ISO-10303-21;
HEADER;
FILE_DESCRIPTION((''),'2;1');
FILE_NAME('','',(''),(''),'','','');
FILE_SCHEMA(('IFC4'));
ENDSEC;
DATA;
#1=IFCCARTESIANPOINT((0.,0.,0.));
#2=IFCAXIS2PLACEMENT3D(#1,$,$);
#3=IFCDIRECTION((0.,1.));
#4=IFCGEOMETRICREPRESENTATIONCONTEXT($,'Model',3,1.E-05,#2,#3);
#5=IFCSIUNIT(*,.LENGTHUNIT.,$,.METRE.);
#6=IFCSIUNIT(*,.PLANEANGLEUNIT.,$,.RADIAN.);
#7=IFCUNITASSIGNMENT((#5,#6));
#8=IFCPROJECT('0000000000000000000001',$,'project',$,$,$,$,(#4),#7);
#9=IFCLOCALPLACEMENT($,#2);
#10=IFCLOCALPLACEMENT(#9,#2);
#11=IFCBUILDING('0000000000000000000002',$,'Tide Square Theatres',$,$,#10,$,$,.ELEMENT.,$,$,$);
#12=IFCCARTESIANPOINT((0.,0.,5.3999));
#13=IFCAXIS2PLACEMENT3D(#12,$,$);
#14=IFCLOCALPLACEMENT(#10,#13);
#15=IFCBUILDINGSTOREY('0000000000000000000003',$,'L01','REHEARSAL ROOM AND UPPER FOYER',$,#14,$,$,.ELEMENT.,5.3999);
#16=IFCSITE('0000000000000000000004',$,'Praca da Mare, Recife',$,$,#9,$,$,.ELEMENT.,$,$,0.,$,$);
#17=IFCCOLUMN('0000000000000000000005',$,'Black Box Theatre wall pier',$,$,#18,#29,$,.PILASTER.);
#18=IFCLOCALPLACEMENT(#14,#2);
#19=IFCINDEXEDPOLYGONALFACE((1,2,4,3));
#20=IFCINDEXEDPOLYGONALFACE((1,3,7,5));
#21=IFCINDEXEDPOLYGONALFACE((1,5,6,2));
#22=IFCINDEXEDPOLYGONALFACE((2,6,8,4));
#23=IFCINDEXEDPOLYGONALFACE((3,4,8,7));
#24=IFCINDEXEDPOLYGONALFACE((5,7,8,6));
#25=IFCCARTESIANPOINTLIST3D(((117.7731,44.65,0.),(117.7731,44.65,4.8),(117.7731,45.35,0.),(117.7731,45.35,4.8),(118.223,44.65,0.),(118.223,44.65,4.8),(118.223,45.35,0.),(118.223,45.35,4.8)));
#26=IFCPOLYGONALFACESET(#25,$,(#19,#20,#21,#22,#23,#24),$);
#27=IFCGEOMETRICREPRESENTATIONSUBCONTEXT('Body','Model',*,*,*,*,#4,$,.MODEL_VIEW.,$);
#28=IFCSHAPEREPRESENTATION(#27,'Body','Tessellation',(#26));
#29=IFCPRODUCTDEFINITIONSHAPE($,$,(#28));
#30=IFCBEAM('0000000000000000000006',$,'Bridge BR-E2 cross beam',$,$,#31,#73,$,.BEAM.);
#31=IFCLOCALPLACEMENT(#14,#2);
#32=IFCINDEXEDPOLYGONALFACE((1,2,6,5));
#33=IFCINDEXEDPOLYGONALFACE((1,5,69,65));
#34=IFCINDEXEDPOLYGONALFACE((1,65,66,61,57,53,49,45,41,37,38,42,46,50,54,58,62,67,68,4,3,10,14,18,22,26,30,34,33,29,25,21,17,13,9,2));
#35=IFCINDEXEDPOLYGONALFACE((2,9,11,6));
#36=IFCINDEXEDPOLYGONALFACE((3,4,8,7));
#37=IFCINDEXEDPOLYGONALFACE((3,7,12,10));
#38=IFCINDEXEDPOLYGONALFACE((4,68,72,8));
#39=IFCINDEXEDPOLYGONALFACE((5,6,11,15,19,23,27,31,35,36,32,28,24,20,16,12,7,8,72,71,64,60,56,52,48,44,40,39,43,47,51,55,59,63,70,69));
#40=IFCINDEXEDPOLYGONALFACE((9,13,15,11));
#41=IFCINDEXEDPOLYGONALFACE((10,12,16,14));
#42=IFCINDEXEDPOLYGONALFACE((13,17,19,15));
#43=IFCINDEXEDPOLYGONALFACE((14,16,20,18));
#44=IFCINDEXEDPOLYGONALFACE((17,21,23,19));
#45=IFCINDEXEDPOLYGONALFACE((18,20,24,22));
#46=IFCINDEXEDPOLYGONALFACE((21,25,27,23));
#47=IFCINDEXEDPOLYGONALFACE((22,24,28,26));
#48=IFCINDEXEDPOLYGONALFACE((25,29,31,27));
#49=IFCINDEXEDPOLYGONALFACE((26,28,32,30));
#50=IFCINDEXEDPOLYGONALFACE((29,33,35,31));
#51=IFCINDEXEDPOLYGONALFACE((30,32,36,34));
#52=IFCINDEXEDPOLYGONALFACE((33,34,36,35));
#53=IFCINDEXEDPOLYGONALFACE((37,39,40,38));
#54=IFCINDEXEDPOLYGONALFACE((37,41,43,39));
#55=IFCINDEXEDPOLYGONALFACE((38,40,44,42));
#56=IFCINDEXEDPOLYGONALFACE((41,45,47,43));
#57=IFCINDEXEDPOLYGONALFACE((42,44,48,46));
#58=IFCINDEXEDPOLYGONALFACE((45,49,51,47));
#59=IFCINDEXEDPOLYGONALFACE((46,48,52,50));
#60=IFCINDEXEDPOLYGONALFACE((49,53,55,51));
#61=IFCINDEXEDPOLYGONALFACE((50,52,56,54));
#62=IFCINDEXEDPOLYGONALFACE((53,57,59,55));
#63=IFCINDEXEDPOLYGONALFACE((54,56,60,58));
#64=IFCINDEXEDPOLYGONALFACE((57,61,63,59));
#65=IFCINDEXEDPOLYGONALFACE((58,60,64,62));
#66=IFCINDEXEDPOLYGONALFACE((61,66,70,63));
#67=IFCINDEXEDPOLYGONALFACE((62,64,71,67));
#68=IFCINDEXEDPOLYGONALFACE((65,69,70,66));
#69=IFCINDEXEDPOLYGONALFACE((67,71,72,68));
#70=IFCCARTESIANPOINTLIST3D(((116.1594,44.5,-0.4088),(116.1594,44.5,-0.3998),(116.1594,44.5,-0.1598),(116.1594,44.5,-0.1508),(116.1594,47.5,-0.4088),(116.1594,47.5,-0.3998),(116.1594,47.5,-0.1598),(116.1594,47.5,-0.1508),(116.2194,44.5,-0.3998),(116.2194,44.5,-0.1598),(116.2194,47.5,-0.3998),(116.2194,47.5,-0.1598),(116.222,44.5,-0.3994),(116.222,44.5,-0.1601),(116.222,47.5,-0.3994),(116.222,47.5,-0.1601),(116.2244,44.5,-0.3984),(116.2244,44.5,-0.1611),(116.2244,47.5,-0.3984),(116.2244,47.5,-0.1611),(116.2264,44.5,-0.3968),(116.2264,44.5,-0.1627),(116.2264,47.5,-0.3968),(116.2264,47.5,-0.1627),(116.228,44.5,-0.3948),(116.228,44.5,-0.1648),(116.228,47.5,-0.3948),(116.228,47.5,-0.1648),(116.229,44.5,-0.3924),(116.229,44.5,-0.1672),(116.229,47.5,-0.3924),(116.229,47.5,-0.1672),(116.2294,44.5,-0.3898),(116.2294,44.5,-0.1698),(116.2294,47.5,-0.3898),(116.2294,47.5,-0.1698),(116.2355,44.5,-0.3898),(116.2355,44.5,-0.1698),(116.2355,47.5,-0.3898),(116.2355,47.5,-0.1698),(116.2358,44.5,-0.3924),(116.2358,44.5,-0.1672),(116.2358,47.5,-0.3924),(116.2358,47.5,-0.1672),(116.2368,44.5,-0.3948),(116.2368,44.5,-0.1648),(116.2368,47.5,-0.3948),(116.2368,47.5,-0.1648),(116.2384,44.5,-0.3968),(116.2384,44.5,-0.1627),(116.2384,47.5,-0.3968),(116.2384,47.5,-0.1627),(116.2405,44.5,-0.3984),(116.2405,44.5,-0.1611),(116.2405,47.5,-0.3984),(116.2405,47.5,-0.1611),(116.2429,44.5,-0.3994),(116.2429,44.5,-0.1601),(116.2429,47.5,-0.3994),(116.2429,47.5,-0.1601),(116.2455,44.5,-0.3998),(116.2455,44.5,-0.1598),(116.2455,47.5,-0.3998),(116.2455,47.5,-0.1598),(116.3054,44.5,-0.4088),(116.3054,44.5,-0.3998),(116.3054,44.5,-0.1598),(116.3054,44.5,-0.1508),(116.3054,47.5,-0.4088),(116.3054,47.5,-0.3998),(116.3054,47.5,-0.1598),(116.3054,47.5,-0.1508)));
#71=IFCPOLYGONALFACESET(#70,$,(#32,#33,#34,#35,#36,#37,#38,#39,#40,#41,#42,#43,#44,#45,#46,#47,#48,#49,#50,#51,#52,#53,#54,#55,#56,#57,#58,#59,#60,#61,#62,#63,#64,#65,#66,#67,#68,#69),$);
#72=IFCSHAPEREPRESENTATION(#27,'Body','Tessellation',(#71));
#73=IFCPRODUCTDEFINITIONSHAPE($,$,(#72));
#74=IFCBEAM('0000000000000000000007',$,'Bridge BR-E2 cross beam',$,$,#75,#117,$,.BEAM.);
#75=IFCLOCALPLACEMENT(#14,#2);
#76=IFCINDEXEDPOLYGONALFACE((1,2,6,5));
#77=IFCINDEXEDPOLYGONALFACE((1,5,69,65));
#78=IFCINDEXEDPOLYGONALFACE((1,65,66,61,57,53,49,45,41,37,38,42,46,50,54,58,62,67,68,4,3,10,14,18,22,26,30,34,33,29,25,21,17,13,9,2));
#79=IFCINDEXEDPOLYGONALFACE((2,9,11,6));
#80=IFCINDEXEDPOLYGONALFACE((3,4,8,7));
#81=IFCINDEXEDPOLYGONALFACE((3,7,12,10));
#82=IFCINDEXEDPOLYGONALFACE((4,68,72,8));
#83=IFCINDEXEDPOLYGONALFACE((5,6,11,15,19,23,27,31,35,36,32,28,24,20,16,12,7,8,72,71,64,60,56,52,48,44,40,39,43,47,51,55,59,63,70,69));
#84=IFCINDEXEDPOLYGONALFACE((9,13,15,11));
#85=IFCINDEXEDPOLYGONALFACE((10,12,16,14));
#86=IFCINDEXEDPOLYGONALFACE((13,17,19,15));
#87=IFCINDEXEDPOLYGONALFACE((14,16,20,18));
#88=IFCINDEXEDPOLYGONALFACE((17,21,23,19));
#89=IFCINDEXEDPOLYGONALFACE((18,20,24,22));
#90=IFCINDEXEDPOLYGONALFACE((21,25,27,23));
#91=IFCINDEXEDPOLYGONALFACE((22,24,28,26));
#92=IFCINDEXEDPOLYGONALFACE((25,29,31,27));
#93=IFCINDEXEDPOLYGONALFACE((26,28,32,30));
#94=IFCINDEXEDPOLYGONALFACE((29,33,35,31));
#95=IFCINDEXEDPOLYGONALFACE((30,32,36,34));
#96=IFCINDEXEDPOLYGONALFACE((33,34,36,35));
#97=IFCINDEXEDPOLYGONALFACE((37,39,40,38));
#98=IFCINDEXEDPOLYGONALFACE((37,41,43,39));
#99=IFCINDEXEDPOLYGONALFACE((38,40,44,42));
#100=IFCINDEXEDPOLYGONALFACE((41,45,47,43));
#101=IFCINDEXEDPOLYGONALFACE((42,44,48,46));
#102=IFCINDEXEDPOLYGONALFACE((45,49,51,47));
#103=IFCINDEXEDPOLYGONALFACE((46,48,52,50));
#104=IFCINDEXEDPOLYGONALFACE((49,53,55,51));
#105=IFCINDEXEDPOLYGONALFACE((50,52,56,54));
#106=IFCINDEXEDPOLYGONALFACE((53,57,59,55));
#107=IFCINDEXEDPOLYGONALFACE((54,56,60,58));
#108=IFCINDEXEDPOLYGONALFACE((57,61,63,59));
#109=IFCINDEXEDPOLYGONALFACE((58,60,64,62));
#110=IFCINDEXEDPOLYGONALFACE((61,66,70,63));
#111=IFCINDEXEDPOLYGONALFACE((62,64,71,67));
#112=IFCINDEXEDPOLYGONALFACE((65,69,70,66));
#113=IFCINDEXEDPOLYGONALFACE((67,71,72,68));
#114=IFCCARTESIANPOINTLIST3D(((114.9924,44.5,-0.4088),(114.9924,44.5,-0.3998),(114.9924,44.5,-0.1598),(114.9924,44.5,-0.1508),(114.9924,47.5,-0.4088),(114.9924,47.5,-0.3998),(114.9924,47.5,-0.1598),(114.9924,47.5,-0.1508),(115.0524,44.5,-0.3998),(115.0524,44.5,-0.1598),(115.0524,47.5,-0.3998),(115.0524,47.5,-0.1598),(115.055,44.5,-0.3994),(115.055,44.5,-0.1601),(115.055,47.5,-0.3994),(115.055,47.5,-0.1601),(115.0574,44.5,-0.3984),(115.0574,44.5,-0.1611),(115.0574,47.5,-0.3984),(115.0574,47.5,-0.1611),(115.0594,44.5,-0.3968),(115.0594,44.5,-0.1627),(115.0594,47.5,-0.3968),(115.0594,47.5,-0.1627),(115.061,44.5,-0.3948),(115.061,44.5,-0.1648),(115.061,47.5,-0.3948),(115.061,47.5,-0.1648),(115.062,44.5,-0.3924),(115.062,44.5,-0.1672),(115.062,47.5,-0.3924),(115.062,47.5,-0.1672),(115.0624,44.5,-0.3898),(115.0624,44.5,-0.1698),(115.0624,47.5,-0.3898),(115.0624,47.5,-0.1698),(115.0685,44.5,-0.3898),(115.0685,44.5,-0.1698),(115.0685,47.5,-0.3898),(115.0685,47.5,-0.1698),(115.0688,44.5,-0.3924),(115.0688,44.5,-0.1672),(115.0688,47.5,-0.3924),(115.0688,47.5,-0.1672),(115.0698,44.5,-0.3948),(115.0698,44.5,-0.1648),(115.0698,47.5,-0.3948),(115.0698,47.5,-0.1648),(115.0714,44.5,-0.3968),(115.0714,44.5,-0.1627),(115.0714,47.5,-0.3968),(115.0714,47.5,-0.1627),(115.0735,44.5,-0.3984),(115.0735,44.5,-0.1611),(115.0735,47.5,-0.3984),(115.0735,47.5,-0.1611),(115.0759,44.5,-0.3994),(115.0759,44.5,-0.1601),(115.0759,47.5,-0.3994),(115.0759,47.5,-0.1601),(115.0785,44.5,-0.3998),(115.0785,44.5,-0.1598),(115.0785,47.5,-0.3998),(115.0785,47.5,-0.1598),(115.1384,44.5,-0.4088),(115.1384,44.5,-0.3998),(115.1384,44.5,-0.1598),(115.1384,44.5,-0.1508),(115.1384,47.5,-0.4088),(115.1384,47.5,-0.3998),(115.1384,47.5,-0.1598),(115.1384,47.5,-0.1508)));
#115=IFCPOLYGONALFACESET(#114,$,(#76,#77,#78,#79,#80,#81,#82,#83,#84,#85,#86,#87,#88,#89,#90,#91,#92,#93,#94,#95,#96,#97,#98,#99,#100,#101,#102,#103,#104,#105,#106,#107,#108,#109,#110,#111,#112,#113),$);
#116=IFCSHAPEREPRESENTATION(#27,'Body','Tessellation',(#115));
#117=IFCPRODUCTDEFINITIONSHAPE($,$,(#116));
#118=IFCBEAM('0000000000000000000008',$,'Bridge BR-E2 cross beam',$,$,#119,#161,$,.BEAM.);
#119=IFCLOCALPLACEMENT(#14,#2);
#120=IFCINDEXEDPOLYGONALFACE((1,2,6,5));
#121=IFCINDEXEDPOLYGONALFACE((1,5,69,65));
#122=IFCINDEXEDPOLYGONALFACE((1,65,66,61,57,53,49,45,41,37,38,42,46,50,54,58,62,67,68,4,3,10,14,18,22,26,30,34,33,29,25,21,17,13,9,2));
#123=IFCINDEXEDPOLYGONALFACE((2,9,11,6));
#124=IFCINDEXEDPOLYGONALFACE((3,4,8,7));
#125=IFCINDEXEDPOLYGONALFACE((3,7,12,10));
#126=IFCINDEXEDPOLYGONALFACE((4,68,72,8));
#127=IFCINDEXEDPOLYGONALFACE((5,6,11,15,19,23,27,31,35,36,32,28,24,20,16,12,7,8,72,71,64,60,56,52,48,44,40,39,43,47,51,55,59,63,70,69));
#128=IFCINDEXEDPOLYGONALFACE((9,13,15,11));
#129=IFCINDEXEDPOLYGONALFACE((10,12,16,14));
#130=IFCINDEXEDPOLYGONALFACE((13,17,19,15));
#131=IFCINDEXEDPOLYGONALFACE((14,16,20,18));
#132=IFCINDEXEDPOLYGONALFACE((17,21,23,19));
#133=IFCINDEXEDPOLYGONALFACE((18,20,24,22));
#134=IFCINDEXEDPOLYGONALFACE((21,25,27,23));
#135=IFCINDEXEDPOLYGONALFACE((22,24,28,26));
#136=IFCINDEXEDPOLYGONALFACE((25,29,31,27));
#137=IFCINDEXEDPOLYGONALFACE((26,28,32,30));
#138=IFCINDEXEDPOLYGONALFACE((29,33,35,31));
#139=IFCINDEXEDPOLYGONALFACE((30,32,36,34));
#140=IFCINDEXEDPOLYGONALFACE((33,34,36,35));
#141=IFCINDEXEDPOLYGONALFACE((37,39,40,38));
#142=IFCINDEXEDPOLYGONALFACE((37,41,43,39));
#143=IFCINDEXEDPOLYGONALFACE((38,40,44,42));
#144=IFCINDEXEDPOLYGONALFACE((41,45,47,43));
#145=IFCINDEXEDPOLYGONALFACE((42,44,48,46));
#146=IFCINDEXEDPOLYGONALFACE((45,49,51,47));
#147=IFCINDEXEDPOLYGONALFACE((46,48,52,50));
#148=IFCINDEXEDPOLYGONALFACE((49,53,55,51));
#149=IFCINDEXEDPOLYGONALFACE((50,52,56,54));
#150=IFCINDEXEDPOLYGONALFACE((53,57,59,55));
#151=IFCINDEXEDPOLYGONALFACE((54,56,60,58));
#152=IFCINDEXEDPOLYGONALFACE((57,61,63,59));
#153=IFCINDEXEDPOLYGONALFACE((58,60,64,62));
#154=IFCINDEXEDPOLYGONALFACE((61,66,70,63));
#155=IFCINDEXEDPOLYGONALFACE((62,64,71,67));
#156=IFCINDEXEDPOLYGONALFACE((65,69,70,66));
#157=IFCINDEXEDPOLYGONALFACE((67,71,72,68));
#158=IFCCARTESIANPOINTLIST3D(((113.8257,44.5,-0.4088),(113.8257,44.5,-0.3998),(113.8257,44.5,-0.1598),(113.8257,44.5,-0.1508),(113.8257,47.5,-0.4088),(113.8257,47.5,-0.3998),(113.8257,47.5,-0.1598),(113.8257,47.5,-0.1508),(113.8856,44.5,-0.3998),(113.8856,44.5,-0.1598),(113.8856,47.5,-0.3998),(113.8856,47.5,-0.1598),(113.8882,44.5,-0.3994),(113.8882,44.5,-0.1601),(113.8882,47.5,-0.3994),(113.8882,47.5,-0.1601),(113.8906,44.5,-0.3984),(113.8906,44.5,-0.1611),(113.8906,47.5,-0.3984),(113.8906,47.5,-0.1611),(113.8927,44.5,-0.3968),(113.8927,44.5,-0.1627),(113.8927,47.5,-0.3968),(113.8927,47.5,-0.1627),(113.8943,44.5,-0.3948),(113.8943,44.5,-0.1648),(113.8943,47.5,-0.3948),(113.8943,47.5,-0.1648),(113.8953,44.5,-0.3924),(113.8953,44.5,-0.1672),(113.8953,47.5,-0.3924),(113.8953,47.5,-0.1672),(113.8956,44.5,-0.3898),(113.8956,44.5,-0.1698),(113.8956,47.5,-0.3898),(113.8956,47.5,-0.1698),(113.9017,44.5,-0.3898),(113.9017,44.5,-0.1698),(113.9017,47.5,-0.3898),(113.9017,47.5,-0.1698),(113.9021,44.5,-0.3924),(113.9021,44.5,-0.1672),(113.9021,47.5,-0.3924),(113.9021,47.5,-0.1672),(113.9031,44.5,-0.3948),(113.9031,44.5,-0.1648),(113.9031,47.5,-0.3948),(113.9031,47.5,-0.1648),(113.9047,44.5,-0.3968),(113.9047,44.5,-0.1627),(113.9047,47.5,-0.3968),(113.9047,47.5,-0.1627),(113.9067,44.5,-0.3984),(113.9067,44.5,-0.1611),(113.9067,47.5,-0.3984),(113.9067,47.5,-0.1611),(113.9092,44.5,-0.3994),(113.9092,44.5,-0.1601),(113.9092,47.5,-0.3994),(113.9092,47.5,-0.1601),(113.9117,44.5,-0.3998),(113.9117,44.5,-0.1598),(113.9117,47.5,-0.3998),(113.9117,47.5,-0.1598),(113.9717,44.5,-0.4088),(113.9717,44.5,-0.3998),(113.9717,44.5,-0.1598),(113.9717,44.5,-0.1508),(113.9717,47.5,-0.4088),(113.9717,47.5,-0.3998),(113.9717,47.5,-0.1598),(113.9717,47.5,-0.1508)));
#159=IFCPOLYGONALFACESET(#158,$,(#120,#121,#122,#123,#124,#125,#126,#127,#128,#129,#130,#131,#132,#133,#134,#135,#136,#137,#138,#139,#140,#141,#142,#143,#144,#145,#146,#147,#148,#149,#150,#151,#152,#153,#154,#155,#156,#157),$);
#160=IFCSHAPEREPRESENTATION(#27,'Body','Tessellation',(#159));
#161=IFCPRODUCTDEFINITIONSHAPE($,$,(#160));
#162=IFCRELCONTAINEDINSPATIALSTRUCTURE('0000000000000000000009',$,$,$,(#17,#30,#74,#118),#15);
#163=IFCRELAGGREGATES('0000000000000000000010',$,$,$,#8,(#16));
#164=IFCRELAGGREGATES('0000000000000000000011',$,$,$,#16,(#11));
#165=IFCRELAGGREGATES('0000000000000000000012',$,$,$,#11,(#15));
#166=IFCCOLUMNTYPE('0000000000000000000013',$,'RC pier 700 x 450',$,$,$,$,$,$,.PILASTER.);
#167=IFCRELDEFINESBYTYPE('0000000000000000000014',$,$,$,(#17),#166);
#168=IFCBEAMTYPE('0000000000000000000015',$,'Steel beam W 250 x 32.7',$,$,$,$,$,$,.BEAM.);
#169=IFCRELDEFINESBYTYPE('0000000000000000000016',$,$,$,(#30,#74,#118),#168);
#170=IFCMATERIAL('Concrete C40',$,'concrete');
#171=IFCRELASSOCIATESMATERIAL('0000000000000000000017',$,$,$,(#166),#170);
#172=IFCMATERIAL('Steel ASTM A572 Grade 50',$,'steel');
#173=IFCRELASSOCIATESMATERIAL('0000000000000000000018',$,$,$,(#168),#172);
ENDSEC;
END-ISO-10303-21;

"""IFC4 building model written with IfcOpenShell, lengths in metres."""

from ifc_helpers import new_model, si_unit, direction, frame, origin, origin_2d, place, context, subcontext, project, spatial, rectangle, i_section, extrude, material, material_profile, profile_set, type_object, element, save


model = new_model("IFC4")

# Units and contexts
model_context = context("Model", 3, precision=1e-05, world=origin(), true_north=direction((0.0, 1.0)))
body_context = subcontext(model_context, "Body", "Model", "MODEL_VIEW")
ifc_project = project(units=[si_unit("LENGTHUNIT", "METRE"), si_unit("PLANEANGLEUNIT", "RADIAN")], contexts=[model_context])

# Site, building, storey
site_placement = place(None, origin())
site = spatial("IfcSite", under=ifc_project, at=site_placement, Name="Praca da Mare, Recife", CompositionType="ELEMENT", RefElevation=0.0)
building_placement = place(site_placement, origin())
building = spatial("IfcBuilding", under=site, at=building_placement, Name="Tide Square Theatres", CompositionType="ELEMENT")
storey_placement = place(building_placement, frame((0.0, 0.0, 5.3999)))
storey = spatial("IfcBuildingStorey", under=building, at=storey_placement, Name="L01", Description="REHEARSAL ROOM AND UPPER FOYER", CompositionType="ELEMENT", Elevation=5.3999)

# Column
ifc_material_1 = material(Name="Concrete C40", Category="concrete")
ifc_material_profile_1 = material_profile(ifc_material_1, rectangle(XDim=0.7, YDim=0.45, at=origin_2d()))
ifc_profile_set_1 = profile_set([ifc_material_profile_1], Name="Concrete C40")
column_type = type_object("IfcColumnType", Name="RC pier 700 x 450", PredefinedType="PILASTER", material=ifc_profile_set_1)
column_placement = place(storey_placement, frame((117.998, 45.0, 0.0), z_axis=(0.0, 0.0, 1.0), x_axis=(0.0, -1.0, 0.0)))
element("IfcColumn", 1, at=column_placement, inside=storey, type_object=column_type, Name="Black Box Theatre wall pier", PredefinedType="PILASTER", context=body_context, shape_type="SweptSolid", body=[
    extrude(rectangle(XDim=0.7, YDim=0.45, at=origin_2d()), origin(), (0.0, 0.0, 1.0), 4.8),
])

# Beams
ifc_material_2 = material(Name="Steel ASTM A572 Grade 50", Category="steel")
ifc_material_profile_2 = material_profile(ifc_material_2, i_section(OverallWidth=0.146, OverallDepth=0.2581, WebThickness=0.0061, FlangeThickness=0.009, FilletRadius=0.01, at=origin_2d()))
ifc_profile_set_2 = profile_set([ifc_material_profile_2], Name="Steel ASTM A572 Grade 50")
beam_type = type_object("IfcBeamType", Name="Steel beam W 250 x 32.7", PredefinedType="BEAM", material=ifc_profile_set_2)
for number, where, z_axis, x_axis, name in (
    (2, (116.2324, 47.5, -0.2798), (0.0, -1.0, 0.0), (1.0, 0.0, 0.0), "Bridge BR-E2 cross beam"),
    (3, (115.0654, 47.5, -0.2798), (0.0, -1.0, 0.0), (1.0, 0.0, 0.0), "Bridge BR-E2 cross beam"),
    (4, (113.8987, 47.5, -0.2798), (0.0, -1.0, 0.0), (1.0, 0.0, 0.0), "Bridge BR-E2 cross beam"),
):
    element("IfcBeam", number, at=place(storey_placement, frame(where, z_axis=z_axis, x_axis=x_axis)), inside=storey, type_object=beam_type, Name=name, PredefinedType="BEAM", context=body_context, shape_type="SweptSolid", body=[
        extrude(i_section(OverallWidth=0.146, OverallDepth=0.2581, WebThickness=0.0061, FlangeThickness=0.009, FilletRadius=0.01, at=origin_2d()), origin(), (0.0, 0.0, 1.0), 3.0),
    ])

save(model, "model.ifc")
